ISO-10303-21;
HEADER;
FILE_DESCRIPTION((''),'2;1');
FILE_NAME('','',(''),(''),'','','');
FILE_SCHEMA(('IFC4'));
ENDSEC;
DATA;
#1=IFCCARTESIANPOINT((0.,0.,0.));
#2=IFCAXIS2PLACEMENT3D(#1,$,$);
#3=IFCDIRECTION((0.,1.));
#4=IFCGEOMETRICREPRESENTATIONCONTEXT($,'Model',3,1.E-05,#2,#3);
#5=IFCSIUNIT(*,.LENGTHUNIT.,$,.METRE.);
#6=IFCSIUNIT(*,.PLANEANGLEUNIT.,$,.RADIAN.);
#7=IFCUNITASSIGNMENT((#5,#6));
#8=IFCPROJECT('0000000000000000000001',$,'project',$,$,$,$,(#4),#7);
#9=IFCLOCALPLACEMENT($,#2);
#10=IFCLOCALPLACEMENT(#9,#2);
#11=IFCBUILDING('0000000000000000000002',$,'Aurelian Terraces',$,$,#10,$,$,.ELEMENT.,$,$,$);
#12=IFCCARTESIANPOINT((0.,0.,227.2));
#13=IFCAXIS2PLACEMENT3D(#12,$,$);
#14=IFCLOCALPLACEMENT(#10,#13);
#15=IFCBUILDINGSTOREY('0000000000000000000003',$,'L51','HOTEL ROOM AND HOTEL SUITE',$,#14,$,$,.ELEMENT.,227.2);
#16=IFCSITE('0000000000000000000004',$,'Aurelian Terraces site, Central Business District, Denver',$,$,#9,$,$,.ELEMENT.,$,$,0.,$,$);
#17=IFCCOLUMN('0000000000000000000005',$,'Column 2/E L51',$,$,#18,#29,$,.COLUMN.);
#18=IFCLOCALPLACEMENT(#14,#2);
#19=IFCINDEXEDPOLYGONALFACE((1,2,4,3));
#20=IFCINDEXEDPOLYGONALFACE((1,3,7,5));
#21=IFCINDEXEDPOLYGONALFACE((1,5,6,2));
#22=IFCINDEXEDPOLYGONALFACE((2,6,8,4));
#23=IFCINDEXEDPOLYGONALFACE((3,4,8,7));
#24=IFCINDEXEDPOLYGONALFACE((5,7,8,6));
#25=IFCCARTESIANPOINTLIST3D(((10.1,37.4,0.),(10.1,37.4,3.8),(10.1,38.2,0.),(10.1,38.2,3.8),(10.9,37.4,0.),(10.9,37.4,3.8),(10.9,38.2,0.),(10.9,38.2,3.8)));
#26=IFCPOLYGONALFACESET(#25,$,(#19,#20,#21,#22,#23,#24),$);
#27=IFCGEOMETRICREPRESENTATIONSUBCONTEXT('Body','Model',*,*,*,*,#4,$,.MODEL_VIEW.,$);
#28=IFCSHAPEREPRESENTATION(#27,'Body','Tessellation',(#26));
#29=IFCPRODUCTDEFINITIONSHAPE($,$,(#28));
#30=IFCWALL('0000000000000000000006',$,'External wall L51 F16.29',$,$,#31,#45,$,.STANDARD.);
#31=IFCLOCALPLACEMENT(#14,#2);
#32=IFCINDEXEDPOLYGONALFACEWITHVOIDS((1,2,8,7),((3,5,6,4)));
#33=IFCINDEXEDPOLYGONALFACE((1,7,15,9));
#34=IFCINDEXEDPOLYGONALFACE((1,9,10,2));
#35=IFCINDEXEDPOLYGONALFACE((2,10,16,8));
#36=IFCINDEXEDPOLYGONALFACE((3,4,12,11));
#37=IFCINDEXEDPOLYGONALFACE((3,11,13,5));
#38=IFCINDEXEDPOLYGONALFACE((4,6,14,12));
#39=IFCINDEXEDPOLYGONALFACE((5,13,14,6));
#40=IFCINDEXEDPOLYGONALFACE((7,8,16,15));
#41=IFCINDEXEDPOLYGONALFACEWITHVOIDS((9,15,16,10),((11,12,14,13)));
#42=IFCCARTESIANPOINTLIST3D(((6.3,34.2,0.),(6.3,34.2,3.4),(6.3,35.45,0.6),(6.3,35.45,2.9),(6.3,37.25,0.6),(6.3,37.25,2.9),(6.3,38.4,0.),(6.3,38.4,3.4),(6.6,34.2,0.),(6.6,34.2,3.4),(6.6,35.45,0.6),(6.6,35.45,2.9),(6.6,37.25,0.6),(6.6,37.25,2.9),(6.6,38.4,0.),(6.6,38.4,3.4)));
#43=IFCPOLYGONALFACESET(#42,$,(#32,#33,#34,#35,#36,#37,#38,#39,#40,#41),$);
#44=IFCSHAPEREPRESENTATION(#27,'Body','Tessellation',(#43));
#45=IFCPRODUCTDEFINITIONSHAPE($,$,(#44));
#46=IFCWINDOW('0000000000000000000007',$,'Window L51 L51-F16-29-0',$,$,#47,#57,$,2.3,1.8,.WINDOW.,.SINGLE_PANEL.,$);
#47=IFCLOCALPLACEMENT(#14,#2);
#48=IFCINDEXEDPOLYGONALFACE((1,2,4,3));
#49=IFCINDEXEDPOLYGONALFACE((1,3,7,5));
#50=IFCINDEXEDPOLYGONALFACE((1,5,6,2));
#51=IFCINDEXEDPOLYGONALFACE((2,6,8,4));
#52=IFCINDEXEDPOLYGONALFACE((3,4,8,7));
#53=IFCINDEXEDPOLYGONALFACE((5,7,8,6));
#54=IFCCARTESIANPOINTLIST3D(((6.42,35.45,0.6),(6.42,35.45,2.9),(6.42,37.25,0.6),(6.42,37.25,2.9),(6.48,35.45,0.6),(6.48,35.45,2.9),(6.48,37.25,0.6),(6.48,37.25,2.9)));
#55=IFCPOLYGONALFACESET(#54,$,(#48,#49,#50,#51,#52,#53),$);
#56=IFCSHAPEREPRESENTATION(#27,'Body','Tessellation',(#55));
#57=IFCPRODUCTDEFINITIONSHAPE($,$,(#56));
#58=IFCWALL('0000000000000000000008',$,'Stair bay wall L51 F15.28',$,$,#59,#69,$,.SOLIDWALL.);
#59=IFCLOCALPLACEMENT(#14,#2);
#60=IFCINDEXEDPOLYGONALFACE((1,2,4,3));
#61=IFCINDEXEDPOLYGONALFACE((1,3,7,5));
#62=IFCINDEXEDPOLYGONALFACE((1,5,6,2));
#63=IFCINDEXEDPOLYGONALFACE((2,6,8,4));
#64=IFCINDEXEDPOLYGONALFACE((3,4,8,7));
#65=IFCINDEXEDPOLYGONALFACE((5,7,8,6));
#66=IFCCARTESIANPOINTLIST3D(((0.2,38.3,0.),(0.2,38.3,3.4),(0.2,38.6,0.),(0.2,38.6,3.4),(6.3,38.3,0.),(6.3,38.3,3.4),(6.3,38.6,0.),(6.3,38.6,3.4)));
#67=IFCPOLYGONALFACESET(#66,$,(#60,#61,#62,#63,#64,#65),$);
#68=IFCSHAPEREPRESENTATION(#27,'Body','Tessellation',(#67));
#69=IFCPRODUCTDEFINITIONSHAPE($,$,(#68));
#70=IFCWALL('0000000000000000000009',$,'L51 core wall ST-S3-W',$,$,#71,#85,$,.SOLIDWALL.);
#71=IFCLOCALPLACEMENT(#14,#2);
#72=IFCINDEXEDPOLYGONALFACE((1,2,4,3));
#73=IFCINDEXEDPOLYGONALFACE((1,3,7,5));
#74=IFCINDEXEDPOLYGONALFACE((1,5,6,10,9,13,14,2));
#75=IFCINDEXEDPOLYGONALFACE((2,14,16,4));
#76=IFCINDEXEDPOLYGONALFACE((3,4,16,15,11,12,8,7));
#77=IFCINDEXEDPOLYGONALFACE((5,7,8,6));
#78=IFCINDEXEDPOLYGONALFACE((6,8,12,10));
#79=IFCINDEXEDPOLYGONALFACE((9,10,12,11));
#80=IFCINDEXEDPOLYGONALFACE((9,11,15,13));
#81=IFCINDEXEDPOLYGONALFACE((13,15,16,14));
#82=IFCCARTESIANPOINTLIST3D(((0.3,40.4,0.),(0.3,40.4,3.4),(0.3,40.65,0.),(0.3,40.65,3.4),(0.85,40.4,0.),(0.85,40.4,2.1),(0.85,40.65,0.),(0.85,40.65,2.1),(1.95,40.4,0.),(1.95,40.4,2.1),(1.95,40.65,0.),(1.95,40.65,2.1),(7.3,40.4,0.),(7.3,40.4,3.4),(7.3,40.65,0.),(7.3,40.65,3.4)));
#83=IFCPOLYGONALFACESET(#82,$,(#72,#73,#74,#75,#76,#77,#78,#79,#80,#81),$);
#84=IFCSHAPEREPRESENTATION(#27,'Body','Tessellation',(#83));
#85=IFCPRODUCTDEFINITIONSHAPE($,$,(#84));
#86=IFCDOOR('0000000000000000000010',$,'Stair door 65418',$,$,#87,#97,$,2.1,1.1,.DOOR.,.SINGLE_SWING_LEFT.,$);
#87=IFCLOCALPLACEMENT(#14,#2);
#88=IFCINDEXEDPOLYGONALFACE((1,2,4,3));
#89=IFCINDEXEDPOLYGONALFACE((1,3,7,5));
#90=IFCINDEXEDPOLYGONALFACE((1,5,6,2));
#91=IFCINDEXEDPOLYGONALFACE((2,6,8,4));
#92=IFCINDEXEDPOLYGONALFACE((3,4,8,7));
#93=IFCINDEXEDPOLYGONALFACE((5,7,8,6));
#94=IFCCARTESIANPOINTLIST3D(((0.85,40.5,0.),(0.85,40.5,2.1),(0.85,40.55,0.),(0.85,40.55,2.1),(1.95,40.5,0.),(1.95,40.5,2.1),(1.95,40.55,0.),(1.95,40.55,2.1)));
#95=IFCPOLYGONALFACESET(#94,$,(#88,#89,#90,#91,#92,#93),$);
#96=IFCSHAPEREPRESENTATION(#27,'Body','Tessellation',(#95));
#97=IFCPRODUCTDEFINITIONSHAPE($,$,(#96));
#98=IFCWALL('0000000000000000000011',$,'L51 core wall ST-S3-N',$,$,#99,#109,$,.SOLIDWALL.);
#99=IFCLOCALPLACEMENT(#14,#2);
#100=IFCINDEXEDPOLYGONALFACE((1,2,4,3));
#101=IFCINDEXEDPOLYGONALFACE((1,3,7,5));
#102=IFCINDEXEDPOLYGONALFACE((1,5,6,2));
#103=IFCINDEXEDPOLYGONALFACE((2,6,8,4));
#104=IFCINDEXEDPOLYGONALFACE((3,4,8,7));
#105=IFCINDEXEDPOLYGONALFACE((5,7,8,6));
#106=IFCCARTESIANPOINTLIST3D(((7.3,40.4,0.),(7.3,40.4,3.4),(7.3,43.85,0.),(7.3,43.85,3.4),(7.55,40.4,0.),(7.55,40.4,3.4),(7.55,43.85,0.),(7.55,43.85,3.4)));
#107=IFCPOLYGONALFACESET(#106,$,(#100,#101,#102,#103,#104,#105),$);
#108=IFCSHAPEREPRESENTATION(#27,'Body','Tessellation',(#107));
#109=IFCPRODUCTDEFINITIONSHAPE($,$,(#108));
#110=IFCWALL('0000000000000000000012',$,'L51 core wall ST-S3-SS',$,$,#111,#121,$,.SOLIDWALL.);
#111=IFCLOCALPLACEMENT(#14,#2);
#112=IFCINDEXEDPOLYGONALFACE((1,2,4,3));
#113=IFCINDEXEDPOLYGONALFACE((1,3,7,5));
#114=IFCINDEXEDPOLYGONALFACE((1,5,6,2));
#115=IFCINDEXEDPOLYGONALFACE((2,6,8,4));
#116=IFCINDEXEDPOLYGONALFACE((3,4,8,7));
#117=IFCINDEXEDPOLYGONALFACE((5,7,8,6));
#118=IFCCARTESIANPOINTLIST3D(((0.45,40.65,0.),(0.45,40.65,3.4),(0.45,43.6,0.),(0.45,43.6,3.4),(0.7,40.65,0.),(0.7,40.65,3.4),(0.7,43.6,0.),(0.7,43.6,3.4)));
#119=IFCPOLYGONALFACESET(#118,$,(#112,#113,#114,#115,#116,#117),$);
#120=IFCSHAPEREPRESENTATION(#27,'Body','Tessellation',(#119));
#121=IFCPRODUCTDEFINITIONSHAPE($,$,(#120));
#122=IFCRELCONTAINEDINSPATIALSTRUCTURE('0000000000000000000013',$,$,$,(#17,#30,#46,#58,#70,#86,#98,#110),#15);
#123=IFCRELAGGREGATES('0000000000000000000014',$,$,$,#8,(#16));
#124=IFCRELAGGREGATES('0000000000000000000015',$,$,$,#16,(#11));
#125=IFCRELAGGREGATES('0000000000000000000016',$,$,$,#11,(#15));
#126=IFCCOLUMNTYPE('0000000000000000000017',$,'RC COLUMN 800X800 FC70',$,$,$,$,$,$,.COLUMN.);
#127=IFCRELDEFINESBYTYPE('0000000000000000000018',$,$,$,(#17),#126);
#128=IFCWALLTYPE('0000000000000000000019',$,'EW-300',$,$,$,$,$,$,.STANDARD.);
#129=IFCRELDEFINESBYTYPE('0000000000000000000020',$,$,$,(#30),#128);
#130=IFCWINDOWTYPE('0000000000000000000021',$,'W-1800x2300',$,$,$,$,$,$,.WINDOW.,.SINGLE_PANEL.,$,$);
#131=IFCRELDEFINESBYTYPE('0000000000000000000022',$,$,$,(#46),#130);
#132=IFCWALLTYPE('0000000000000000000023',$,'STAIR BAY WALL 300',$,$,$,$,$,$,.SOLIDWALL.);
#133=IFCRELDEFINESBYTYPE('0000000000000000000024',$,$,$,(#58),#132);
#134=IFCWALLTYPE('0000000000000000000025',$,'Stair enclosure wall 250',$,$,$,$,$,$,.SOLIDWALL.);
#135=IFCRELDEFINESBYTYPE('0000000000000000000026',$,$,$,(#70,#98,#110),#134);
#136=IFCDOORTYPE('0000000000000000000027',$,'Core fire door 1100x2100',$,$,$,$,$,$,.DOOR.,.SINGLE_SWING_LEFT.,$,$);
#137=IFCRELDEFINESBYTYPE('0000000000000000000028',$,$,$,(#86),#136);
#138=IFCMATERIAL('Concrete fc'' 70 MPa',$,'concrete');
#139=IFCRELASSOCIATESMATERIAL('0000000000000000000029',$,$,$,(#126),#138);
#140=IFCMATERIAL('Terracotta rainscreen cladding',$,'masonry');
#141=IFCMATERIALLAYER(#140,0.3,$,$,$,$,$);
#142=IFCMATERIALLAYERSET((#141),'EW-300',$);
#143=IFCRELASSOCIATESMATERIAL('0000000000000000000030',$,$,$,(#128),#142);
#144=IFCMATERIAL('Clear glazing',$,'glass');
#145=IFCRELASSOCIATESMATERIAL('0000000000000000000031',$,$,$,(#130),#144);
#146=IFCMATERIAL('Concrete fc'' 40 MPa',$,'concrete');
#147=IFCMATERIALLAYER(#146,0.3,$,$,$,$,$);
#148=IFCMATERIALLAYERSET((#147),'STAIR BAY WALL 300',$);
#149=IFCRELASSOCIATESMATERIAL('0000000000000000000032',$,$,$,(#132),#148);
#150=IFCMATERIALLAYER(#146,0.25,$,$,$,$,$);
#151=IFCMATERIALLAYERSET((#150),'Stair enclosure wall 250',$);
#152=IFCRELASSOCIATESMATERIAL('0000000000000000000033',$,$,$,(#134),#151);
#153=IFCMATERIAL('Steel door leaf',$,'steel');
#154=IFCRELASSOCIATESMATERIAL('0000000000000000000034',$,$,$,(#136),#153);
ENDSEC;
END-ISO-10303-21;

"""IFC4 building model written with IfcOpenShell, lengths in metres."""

from ifc_helpers import new_model, si_unit, direction, frame, frame_2d, origin, origin_2d, place, context, subcontext, project, spatial, rectangle, extrude, source, transform, mapped, material, layer, layer_set, material_profile, profile_set, type_object, element, fill, save


model = new_model("IFC4")

# Units and contexts
model_context = context("Model", 3, precision=1e-05, world=origin(), true_north=direction((0.0, 1.0)))
body_context = subcontext(model_context, "Body", "Model", "MODEL_VIEW")
ifc_project = project(units=[si_unit("LENGTHUNIT", "METRE"), si_unit("PLANEANGLEUNIT", "RADIAN")], contexts=[model_context])

# Site, building, storey
site_placement = place(None, origin())
site = spatial("IfcSite", under=ifc_project, at=site_placement, Name="Aurelian Terraces site, Central Business District, Denver", CompositionType="ELEMENT", RefElevation=0.0)
building_placement = place(site_placement, origin())
building = spatial("IfcBuilding", under=site, at=building_placement, Name="Aurelian Terraces", CompositionType="ELEMENT")
storey_placement = place(building_placement, frame((0.0, 0.0, 227.2)))
storey = spatial("IfcBuildingStorey", under=building, at=storey_placement, Name="L51", Description="HOTEL ROOM AND HOTEL SUITE", CompositionType="ELEMENT", Elevation=227.2)

# Column
ifc_material_1 = material(Name="Concrete fc' 70 MPa", Category="concrete")
ifc_material_profile = material_profile(ifc_material_1, rectangle(XDim=0.8, YDim=0.8, at=origin_2d()))
ifc_profile_set = profile_set([ifc_material_profile], Name="Concrete fc' 70 MPa")
column_type = type_object("IfcColumnType", Name="RC COLUMN 800X800 FC70", PredefinedType="COLUMN", material=ifc_profile_set)
shared_shape_1 = source(origin(), body_context, "Body", "SweptSolid", [
    extrude(rectangle(XDim=0.8, YDim=0.8, at=origin_2d()), origin(), (0.0, 0.0, 1.0), 3.8),
])
column_placement = place(storey_placement, frame((10.5, 37.8, 0.0), z_axis=(0.0, 0.0, 1.0), x_axis=(1.0, 0.0, 0.0)))
element("IfcColumn", 1, at=column_placement, inside=storey, type_object=column_type, Name="Column 2/E L51", PredefinedType="COLUMN", context=body_context, shape_type="MappedRepresentation", body=[
    mapped(shared_shape_1, transform((0.0, 0.0, 0.0), scale=1.0)),
])

# Wall, opening, window
ifc_material_2 = material(Name="Terracotta rainscreen cladding", Category="masonry")
ifc_layer_1 = layer(ifc_material_2, 0.3)
ifc_layer_set_1 = layer_set([ifc_layer_1], Name="EW-300")
wall_type_1 = type_object("IfcWallType", Name="EW-300", PredefinedType="STANDARD", material=ifc_layer_set_1)
shared_shape_2 = source(origin(), body_context, "Body", "SweptSolid", [
    extrude(rectangle(XDim=4.2, YDim=0.3, at=frame_2d((2.1, 0.0))), origin(), (0.0, 0.0, 1.0), 3.4),
])
wall_1_placement = place(storey_placement, frame((6.45, 38.4, 0.0), z_axis=(0.0, 0.0, 1.0), x_axis=(0.0, -1.0, 0.0)))
wall_1 = element("IfcWall", 2, at=wall_1_placement, inside=storey, type_object=wall_type_1, Name="External wall L51 F16.29", PredefinedType="STANDARD", context=body_context, shape_type="MappedRepresentation", body=[
    mapped(shared_shape_2, transform((0.0, 0.0, 0.0), scale=1.0)),
])
shared_shape_3 = source(origin(), body_context, "Body", "SweptSolid", [
    extrude(rectangle(XDim=1.8, YDim=2.3, at=frame_2d((0.9, 1.15))), frame((0.0, 0.16, 0.0), z_axis=(0.0, -1.0, 0.0), x_axis=(1.0, 0.0, 0.0)), (0.0, 0.0, 1.0), 0.32),
])
opening_1_placement = place(wall_1_placement, frame((1.15, 0.0, 0.6)))
opening_1 = element("IfcOpeningElement", 3, at=opening_1_placement, cuts=wall_1, PredefinedType="OPENING", context=body_context, shape_type="MappedRepresentation", body=[
    mapped(shared_shape_3, transform((0.0, 0.0, 0.0), scale=1.0)),
])
ifc_material_3 = material(Name="Clear glazing", Category="glass")
window_type = type_object("IfcWindowType", Name="W-1800x2300", PartitioningType="SINGLE_PANEL", PredefinedType="WINDOW", material=ifc_material_3)
shared_shape_4 = source(origin(), body_context, "Body", "SweptSolid", [
    extrude(rectangle(XDim=1.8, YDim=2.3, at=frame_2d((0.9, 1.15))), frame((0.0, 0.03, 0.0), z_axis=(0.0, -1.0, 0.0), x_axis=(1.0, 0.0, 0.0)), (0.0, 0.0, 1.0), 0.06),
])
window_placement = place(opening_1_placement, origin())
window = element("IfcWindow", 4, at=window_placement, inside=storey, type_object=window_type, Name="Window L51 L51-F16-29-0", OverallHeight=2.3, OverallWidth=1.8, PartitioningType="SINGLE_PANEL", PredefinedType="WINDOW", context=body_context, shape_type="MappedRepresentation", body=[
    mapped(shared_shape_4, transform((0.0, 0.0, 0.0), scale=1.0)),
])
fill(opening_1, window)

# Wall
ifc_material_4 = material(Name="Concrete fc' 40 MPa", Category="concrete")
ifc_layer_2 = layer(ifc_material_4, 0.3)
ifc_layer_set_2 = layer_set([ifc_layer_2], Name="STAIR BAY WALL 300")
wall_type_2 = type_object("IfcWallType", Name="STAIR BAY WALL 300", PredefinedType="SOLIDWALL", material=ifc_layer_set_2)
shared_shape_5 = source(origin(), body_context, "Body", "SweptSolid", [
    extrude(rectangle(XDim=6.1, YDim=0.3, at=frame_2d((3.05, 0.0))), origin(), (0.0, 0.0, 1.0), 3.4),
])
wall_2_placement = place(storey_placement, frame((0.2, 38.45, 0.0), z_axis=(0.0, 0.0, 1.0), x_axis=(1.0, 0.0, 0.0)))
element("IfcWall", 5, at=wall_2_placement, inside=storey, type_object=wall_type_2, Name="Stair bay wall L51 F15.28", PredefinedType="SOLIDWALL", context=body_context, shape_type="MappedRepresentation", body=[
    mapped(shared_shape_5, transform((0.0, 0.0, 0.0), scale=1.0)),
])

# Wall, opening, door
ifc_layer_3 = layer(ifc_material_4, 0.25)
ifc_layer_set_3 = layer_set([ifc_layer_3], Name="Stair enclosure wall 250")
wall_type_3 = type_object("IfcWallType", Name="Stair enclosure wall 250", PredefinedType="SOLIDWALL", material=ifc_layer_set_3)
shared_shape_6 = source(origin(), body_context, "Body", "SweptSolid", [
    extrude(rectangle(XDim=7.0, YDim=0.25, at=frame_2d((3.5, 0.0))), origin(), (0.0, 0.0, 1.0), 3.4),
])
wall_3_placement = place(storey_placement, frame((0.3, 40.525, 0.0), z_axis=(0.0, 0.0, 1.0), x_axis=(1.0, 0.0, 0.0)))
wall_3 = element("IfcWall", 6, at=wall_3_placement, inside=storey, type_object=wall_type_3, Name="L51 core wall ST-S3-W", PredefinedType="SOLIDWALL", context=body_context, shape_type="MappedRepresentation", body=[
    mapped(shared_shape_6, transform((0.0, 0.0, 0.0), scale=1.0)),
])
shared_shape_7 = source(origin(), body_context, "Body", "SweptSolid", [
    extrude(rectangle(XDim=1.1, YDim=2.1, at=frame_2d((0.55, 1.05))), frame((0.0, 0.135, 0.0), z_axis=(0.0, -1.0, 0.0), x_axis=(1.0, 0.0, 0.0)), (0.0, 0.0, 1.0), 0.27),
])
opening_2_placement = place(wall_3_placement, frame((0.55, 0.0, 0.0)))
opening_2 = element("IfcOpeningElement", 7, at=opening_2_placement, cuts=wall_3, PredefinedType="OPENING", context=body_context, shape_type="MappedRepresentation", body=[
    mapped(shared_shape_7, transform((0.0, 0.0, 0.0), scale=1.0)),
])
ifc_material_5 = material(Name="Steel door leaf", Category="steel")
door_type_1 = type_object("IfcDoorType", Name="Core fire door 1100x2100", OperationType="SINGLE_SWING_LEFT", PredefinedType="DOOR", material=ifc_material_5)
shared_shape_8 = source(origin(), body_context, "Body", "SweptSolid", [
    extrude(rectangle(XDim=1.1, YDim=2.1, at=frame_2d((0.55, 1.05))), frame((0.0, 0.025, 0.0), z_axis=(0.0, -1.0, 0.0), x_axis=(1.0, 0.0, 0.0)), (0.0, 0.0, 1.0), 0.05),
])
door_1_placement = place(opening_2_placement, origin())
door_1 = element("IfcDoor", 8, at=door_1_placement, inside=storey, type_object=door_type_1, Name="Stair door 65418", OperationType="SINGLE_SWING_LEFT", OverallHeight=2.1, OverallWidth=1.1, PredefinedType="DOOR", context=body_context, shape_type="MappedRepresentation", body=[
    mapped(shared_shape_8, transform((0.0, 0.0, 0.0), scale=1.0)),
])
fill(opening_2, door_1)

# Walls
shared_shape_9 = source(origin(), body_context, "Body", "SweptSolid", [
    extrude(rectangle(XDim=3.45, YDim=0.25, at=frame_2d((1.725, 0.0))), origin(), (0.0, 0.0, 1.0), 3.4),
])
wall_4_placement = place(storey_placement, frame((7.425, 40.4, 0.0), z_axis=(0.0, 0.0, 1.0), x_axis=(0.0, 1.0, 0.0)))
element("IfcWall", 9, at=wall_4_placement, inside=storey, type_object=wall_type_3, Name="L51 core wall ST-S3-N", PredefinedType="SOLIDWALL", context=body_context, shape_type="MappedRepresentation", body=[
    mapped(shared_shape_9, transform((0.0, 0.0, 0.0), scale=1.0)),
])
shared_shape_10 = source(origin(), body_context, "Body", "SweptSolid", [
    extrude(rectangle(XDim=2.95, YDim=0.25, at=frame_2d((1.475, 0.0))), origin(), (0.0, 0.0, 1.0), 3.4),
])
wall_5_placement = place(storey_placement, frame((0.575, 40.65, 0.0), z_axis=(0.0, 0.0, 1.0), x_axis=(0.0, 1.0, 0.0)))
element("IfcWall", 10, at=wall_5_placement, inside=storey, type_object=wall_type_3, Name="L51 core wall ST-S3-SS", PredefinedType="SOLIDWALL", context=body_context, shape_type="MappedRepresentation", body=[
    mapped(shared_shape_10, transform((0.0, 0.0, 0.0), scale=1.0)),
])

save(model, "model.ifc")
